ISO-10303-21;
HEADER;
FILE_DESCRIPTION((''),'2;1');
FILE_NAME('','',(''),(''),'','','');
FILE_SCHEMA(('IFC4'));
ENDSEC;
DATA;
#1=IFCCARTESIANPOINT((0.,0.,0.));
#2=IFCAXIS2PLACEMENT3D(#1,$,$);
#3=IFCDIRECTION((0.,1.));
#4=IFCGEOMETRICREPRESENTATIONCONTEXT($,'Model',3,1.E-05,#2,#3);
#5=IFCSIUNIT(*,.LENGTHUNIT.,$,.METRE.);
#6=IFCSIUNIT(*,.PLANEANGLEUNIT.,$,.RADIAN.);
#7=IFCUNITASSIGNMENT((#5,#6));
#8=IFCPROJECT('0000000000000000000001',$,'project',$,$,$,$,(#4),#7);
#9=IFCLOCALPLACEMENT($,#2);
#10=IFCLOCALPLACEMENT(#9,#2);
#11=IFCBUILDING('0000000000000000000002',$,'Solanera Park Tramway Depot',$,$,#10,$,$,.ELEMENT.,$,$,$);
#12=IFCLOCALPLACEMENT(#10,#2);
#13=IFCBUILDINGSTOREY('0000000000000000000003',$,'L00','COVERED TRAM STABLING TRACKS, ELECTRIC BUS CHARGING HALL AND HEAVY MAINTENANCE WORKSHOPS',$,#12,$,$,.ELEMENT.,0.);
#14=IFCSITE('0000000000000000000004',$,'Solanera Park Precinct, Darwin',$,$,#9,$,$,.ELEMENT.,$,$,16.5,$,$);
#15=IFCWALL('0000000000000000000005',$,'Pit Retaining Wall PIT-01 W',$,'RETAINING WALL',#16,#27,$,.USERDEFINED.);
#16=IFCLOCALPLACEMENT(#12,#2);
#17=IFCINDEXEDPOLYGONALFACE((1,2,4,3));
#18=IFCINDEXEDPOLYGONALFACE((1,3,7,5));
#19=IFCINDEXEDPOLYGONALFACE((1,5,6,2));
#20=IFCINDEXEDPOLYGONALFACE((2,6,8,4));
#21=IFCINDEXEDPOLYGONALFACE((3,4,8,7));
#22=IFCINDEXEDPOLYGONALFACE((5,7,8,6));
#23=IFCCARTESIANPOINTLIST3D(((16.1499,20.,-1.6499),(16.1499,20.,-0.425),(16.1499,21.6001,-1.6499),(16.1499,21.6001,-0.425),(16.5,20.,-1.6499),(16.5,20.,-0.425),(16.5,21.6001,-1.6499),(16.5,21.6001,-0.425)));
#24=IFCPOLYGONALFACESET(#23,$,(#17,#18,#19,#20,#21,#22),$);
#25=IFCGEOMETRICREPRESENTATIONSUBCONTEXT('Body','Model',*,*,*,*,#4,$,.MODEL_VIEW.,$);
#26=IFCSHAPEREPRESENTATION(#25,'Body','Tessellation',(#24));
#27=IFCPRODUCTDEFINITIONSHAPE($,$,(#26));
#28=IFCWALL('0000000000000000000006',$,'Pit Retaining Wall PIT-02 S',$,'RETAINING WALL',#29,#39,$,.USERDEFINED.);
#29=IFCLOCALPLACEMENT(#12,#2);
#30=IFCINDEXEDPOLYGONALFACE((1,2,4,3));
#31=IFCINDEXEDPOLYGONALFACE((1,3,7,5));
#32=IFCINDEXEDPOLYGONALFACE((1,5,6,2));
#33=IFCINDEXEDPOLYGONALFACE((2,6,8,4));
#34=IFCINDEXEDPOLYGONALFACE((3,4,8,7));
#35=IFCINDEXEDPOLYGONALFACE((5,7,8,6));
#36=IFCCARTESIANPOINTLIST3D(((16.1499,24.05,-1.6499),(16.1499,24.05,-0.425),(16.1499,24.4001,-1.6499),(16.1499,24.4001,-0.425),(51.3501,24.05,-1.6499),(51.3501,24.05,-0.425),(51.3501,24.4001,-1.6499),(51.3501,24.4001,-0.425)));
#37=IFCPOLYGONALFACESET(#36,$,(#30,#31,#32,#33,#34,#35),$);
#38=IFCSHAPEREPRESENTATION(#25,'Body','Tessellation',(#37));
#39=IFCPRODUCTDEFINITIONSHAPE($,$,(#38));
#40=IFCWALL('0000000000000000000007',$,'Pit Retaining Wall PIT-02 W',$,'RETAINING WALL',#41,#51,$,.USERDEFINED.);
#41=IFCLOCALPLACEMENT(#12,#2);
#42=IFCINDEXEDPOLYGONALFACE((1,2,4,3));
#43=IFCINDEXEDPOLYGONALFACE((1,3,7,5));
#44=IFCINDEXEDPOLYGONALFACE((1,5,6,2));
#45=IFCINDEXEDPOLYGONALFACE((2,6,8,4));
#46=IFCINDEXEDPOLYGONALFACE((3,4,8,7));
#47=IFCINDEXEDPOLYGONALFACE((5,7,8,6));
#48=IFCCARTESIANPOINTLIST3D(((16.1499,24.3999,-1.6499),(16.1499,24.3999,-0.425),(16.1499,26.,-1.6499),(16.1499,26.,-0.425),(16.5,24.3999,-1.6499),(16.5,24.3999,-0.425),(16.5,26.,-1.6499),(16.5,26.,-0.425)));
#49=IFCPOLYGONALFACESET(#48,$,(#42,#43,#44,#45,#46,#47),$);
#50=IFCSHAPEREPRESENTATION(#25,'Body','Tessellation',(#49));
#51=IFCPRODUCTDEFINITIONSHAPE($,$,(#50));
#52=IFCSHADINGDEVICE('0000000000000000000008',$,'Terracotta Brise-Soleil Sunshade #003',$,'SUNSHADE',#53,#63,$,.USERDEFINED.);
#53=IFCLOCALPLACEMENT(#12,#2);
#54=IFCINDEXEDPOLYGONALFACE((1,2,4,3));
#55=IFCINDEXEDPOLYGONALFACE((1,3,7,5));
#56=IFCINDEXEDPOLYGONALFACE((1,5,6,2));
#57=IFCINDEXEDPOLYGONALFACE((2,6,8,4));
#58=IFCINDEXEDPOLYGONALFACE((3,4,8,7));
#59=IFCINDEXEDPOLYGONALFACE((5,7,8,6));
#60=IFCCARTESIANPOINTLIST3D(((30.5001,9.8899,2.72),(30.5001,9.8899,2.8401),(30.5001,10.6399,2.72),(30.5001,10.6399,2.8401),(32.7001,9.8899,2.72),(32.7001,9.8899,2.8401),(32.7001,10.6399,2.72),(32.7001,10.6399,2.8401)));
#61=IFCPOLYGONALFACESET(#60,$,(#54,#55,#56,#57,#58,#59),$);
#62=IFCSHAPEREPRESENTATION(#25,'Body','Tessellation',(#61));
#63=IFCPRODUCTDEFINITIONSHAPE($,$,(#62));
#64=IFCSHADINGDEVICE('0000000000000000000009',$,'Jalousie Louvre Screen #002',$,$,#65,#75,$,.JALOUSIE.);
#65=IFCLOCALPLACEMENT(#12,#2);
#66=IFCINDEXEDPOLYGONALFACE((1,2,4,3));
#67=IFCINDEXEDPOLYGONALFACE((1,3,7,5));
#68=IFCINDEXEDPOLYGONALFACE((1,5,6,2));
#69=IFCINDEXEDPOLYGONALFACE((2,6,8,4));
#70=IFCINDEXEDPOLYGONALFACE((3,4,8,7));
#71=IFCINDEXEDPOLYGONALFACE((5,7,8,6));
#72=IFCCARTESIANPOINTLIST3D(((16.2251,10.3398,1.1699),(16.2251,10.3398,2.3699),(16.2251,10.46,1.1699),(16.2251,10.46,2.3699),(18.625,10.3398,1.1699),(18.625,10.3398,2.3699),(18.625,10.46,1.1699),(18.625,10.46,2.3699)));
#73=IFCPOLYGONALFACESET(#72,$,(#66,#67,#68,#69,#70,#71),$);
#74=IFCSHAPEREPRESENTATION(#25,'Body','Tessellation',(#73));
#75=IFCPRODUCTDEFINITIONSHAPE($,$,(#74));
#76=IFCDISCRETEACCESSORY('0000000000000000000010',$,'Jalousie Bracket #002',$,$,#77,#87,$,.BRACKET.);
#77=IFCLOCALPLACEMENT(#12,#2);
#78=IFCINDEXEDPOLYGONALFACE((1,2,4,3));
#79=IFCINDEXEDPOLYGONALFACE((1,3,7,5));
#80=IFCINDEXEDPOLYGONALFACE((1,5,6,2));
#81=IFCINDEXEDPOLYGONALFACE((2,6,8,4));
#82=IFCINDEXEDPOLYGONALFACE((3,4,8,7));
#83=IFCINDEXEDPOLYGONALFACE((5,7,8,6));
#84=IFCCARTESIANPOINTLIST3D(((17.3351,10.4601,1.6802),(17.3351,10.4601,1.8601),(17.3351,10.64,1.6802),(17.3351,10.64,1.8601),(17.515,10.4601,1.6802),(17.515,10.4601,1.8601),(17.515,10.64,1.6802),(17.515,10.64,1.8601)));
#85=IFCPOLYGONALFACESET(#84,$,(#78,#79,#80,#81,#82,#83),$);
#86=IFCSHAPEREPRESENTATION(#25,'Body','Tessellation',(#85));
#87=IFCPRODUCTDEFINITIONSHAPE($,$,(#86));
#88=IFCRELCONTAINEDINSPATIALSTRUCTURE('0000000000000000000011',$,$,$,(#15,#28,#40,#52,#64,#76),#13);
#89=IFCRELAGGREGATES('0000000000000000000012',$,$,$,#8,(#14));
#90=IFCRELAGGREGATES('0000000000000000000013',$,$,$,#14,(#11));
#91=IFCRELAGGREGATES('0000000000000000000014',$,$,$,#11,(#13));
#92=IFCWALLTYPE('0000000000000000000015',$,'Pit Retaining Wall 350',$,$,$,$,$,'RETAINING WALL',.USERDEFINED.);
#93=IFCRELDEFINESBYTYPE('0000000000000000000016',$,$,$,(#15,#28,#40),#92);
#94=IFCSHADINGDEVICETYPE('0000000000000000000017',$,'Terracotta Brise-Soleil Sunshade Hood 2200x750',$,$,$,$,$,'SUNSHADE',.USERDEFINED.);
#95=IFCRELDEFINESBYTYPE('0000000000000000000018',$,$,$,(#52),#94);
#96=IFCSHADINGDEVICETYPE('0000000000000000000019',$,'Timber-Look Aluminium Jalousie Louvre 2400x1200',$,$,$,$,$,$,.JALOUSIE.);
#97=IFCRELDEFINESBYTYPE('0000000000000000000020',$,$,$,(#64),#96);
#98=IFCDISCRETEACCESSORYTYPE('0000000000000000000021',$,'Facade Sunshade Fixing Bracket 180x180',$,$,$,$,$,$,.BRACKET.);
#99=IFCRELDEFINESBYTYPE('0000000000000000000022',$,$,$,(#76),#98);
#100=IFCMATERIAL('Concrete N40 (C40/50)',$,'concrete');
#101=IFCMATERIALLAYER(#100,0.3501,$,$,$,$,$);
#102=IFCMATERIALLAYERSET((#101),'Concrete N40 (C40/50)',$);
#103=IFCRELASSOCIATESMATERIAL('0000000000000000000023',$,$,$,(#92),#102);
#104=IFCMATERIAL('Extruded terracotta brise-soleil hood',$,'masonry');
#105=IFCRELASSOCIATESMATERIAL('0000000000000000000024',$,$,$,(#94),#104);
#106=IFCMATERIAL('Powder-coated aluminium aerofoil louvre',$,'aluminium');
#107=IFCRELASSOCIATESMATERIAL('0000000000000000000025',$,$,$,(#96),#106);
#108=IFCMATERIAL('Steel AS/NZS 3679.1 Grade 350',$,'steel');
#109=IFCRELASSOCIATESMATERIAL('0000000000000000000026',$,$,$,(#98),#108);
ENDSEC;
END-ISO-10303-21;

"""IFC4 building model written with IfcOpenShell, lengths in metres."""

from ifc_helpers import new_model, si_unit, direction, frame, frame_2d, origin, origin_2d, place, context, subcontext, project, spatial, rectangle, extrude, material, layer, layer_set, type_object, element, save


model = new_model("IFC4")

# Units and contexts
model_context = context("Model", 3, precision=1e-05, world=origin(), true_north=direction((0.0, 1.0)))
body_context = subcontext(model_context, "Body", "Model", "MODEL_VIEW")
ifc_project = project(units=[si_unit("LENGTHUNIT", "METRE"), si_unit("PLANEANGLEUNIT", "RADIAN")], contexts=[model_context])

# Site, building, storey
site_placement = place(None, origin())
site = spatial("IfcSite", under=ifc_project, at=site_placement, Name="Solanera Park Precinct, Darwin", CompositionType="ELEMENT", RefElevation=16.5)
building_placement = place(site_placement, origin())
building = spatial("IfcBuilding", under=site, at=building_placement, Name="Solanera Park Tramway Depot", CompositionType="ELEMENT")
storey_placement = place(building_placement, origin())
storey = spatial("IfcBuildingStorey", under=building, at=storey_placement, Name="L00", Description="COVERED TRAM STABLING TRACKS, ELECTRIC BUS CHARGING HALL AND HEAVY MAINTENANCE WORKSHOPS", CompositionType="ELEMENT", Elevation=0.0)

# Walls
ifc_material_1 = material(Name="Concrete N40 (C40/50)", Category="concrete")
ifc_layer_1 = layer(ifc_material_1, 0.3501)
ifc_layer_set_1 = layer_set([ifc_layer_1], Name="Concrete N40 (C40/50)")
wall_type_1 = type_object("IfcWallType", Name="Pit Retaining Wall 350", ElementType="RETAINING WALL", PredefinedType="USERDEFINED", material=ifc_layer_set_1)
wall_1_placement = place(storey_placement, frame((16.325, 20.0, -1.6499), z_axis=(0.0, 0.0, 1.0), x_axis=(0.0, 1.0, 0.0)))
element("IfcWall", 1, at=wall_1_placement, inside=storey, type_object=wall_type_1, Name="Pit Retaining Wall PIT-01 W", ObjectType="RETAINING WALL", PredefinedType="USERDEFINED", context=body_context, shape_type="SweptSolid", body=[
    extrude(rectangle(XDim=1.6001, YDim=0.3501, at=frame_2d((0.8, 0.0))), origin(), (0.0, 0.0, 1.0), 1.2249),
])
wall_2_placement = place(storey_placement, frame((16.1499, 24.2251, -1.6499), z_axis=(0.0, 0.0, 1.0), x_axis=(1.0, 0.0, 0.0)))
element("IfcWall", 2, at=wall_2_placement, inside=storey, type_object=wall_type_1, Name="Pit Retaining Wall PIT-02 S", ObjectType="RETAINING WALL", PredefinedType="USERDEFINED", context=body_context, shape_type="SweptSolid", body=[
    extrude(rectangle(XDim=35.2002, YDim=0.3501, at=frame_2d((17.6001, 0.0))), origin(), (0.0, 0.0, 1.0), 1.2249),
])
wall_3_placement = place(storey_placement, frame((16.325, 24.3999, -1.6499), z_axis=(0.0, 0.0, 1.0), x_axis=(0.0, 1.0, 0.0)))
element("IfcWall", 3, at=wall_3_placement, inside=storey, type_object=wall_type_1, Name="Pit Retaining Wall PIT-02 W", ObjectType="RETAINING WALL", PredefinedType="USERDEFINED", context=body_context, shape_type="SweptSolid", body=[
    extrude(rectangle(XDim=1.6001, YDim=0.3501, at=frame_2d((0.8, 0.0))), origin(), (0.0, 0.0, 1.0), 1.2249),
])

# Shading devices
ifc_material_2 = material(Name="Extruded terracotta brise-soleil hood", Category="masonry")
shading_device_type_1 = type_object("IfcShadingDeviceType", Name="Terracotta Brise-Soleil Sunshade Hood 2200x750", ElementType="SUNSHADE", PredefinedType="USERDEFINED", material=ifc_material_2)
shading_device_1_placement = place(storey_placement, frame((31.6001, 10.2649, 2.72), z_axis=(0.0, 0.0, 1.0), x_axis=(1.0, 0.0, 0.0)))
element("IfcShadingDevice", 4, at=shading_device_1_placement, inside=storey, type_object=shading_device_type_1, Name="Terracotta Brise-Soleil Sunshade #003", ObjectType="SUNSHADE", PredefinedType="USERDEFINED", context=body_context, shape_type="SweptSolid", body=[
    extrude(rectangle(XDim=2.2, YDim=0.75, at=origin_2d()), origin(), (0.0, 0.0, 1.0), 0.1201),
])
ifc_material_3 = material(Name="Powder-coated aluminium aerofoil louvre", Category="aluminium")
shading_device_type_2 = type_object("IfcShadingDeviceType", Name="Timber-Look Aluminium Jalousie Louvre 2400x1200", PredefinedType="JALOUSIE", material=ifc_material_3)
shading_device_2_placement = place(storey_placement, frame((17.425, 10.3999, 1.1699), z_axis=(0.0, 0.0, 1.0), x_axis=(1.0, 0.0, 0.0)))
element("IfcShadingDevice", 5, at=shading_device_2_placement, inside=storey, type_object=shading_device_type_2, Name="Jalousie Louvre Screen #002", PredefinedType="JALOUSIE", context=body_context, shape_type="SweptSolid", body=[
    extrude(rectangle(XDim=2.3999, YDim=0.1201, at=origin_2d()), origin(), (0.0, 0.0, 1.0), 1.2),
])

# Discrete accessory
ifc_material_4 = material(Name="Steel AS/NZS 3679.1 Grade 350", Category="steel")
discrete_accessory_type = type_object("IfcDiscreteAccessoryType", Name="Facade Sunshade Fixing Bracket 180x180", PredefinedType="BRACKET", material=ifc_material_4)
discrete_accessory_placement = place(storey_placement, frame((17.425, 10.55, 1.6802), z_axis=(0.0, 0.0, 1.0), x_axis=(1.0, 0.0, 0.0)))
element("IfcDiscreteAccessory", 6, at=discrete_accessory_placement, inside=storey, type_object=discrete_accessory_type, Name="Jalousie Bracket #002", PredefinedType="BRACKET", context=body_context, shape_type="SweptSolid", body=[
    extrude(rectangle(XDim=0.1799, YDim=0.1799, at=origin_2d()), origin(), (0.0, 0.0, 1.0), 0.1799),
])

save(model, "model.ifc")
